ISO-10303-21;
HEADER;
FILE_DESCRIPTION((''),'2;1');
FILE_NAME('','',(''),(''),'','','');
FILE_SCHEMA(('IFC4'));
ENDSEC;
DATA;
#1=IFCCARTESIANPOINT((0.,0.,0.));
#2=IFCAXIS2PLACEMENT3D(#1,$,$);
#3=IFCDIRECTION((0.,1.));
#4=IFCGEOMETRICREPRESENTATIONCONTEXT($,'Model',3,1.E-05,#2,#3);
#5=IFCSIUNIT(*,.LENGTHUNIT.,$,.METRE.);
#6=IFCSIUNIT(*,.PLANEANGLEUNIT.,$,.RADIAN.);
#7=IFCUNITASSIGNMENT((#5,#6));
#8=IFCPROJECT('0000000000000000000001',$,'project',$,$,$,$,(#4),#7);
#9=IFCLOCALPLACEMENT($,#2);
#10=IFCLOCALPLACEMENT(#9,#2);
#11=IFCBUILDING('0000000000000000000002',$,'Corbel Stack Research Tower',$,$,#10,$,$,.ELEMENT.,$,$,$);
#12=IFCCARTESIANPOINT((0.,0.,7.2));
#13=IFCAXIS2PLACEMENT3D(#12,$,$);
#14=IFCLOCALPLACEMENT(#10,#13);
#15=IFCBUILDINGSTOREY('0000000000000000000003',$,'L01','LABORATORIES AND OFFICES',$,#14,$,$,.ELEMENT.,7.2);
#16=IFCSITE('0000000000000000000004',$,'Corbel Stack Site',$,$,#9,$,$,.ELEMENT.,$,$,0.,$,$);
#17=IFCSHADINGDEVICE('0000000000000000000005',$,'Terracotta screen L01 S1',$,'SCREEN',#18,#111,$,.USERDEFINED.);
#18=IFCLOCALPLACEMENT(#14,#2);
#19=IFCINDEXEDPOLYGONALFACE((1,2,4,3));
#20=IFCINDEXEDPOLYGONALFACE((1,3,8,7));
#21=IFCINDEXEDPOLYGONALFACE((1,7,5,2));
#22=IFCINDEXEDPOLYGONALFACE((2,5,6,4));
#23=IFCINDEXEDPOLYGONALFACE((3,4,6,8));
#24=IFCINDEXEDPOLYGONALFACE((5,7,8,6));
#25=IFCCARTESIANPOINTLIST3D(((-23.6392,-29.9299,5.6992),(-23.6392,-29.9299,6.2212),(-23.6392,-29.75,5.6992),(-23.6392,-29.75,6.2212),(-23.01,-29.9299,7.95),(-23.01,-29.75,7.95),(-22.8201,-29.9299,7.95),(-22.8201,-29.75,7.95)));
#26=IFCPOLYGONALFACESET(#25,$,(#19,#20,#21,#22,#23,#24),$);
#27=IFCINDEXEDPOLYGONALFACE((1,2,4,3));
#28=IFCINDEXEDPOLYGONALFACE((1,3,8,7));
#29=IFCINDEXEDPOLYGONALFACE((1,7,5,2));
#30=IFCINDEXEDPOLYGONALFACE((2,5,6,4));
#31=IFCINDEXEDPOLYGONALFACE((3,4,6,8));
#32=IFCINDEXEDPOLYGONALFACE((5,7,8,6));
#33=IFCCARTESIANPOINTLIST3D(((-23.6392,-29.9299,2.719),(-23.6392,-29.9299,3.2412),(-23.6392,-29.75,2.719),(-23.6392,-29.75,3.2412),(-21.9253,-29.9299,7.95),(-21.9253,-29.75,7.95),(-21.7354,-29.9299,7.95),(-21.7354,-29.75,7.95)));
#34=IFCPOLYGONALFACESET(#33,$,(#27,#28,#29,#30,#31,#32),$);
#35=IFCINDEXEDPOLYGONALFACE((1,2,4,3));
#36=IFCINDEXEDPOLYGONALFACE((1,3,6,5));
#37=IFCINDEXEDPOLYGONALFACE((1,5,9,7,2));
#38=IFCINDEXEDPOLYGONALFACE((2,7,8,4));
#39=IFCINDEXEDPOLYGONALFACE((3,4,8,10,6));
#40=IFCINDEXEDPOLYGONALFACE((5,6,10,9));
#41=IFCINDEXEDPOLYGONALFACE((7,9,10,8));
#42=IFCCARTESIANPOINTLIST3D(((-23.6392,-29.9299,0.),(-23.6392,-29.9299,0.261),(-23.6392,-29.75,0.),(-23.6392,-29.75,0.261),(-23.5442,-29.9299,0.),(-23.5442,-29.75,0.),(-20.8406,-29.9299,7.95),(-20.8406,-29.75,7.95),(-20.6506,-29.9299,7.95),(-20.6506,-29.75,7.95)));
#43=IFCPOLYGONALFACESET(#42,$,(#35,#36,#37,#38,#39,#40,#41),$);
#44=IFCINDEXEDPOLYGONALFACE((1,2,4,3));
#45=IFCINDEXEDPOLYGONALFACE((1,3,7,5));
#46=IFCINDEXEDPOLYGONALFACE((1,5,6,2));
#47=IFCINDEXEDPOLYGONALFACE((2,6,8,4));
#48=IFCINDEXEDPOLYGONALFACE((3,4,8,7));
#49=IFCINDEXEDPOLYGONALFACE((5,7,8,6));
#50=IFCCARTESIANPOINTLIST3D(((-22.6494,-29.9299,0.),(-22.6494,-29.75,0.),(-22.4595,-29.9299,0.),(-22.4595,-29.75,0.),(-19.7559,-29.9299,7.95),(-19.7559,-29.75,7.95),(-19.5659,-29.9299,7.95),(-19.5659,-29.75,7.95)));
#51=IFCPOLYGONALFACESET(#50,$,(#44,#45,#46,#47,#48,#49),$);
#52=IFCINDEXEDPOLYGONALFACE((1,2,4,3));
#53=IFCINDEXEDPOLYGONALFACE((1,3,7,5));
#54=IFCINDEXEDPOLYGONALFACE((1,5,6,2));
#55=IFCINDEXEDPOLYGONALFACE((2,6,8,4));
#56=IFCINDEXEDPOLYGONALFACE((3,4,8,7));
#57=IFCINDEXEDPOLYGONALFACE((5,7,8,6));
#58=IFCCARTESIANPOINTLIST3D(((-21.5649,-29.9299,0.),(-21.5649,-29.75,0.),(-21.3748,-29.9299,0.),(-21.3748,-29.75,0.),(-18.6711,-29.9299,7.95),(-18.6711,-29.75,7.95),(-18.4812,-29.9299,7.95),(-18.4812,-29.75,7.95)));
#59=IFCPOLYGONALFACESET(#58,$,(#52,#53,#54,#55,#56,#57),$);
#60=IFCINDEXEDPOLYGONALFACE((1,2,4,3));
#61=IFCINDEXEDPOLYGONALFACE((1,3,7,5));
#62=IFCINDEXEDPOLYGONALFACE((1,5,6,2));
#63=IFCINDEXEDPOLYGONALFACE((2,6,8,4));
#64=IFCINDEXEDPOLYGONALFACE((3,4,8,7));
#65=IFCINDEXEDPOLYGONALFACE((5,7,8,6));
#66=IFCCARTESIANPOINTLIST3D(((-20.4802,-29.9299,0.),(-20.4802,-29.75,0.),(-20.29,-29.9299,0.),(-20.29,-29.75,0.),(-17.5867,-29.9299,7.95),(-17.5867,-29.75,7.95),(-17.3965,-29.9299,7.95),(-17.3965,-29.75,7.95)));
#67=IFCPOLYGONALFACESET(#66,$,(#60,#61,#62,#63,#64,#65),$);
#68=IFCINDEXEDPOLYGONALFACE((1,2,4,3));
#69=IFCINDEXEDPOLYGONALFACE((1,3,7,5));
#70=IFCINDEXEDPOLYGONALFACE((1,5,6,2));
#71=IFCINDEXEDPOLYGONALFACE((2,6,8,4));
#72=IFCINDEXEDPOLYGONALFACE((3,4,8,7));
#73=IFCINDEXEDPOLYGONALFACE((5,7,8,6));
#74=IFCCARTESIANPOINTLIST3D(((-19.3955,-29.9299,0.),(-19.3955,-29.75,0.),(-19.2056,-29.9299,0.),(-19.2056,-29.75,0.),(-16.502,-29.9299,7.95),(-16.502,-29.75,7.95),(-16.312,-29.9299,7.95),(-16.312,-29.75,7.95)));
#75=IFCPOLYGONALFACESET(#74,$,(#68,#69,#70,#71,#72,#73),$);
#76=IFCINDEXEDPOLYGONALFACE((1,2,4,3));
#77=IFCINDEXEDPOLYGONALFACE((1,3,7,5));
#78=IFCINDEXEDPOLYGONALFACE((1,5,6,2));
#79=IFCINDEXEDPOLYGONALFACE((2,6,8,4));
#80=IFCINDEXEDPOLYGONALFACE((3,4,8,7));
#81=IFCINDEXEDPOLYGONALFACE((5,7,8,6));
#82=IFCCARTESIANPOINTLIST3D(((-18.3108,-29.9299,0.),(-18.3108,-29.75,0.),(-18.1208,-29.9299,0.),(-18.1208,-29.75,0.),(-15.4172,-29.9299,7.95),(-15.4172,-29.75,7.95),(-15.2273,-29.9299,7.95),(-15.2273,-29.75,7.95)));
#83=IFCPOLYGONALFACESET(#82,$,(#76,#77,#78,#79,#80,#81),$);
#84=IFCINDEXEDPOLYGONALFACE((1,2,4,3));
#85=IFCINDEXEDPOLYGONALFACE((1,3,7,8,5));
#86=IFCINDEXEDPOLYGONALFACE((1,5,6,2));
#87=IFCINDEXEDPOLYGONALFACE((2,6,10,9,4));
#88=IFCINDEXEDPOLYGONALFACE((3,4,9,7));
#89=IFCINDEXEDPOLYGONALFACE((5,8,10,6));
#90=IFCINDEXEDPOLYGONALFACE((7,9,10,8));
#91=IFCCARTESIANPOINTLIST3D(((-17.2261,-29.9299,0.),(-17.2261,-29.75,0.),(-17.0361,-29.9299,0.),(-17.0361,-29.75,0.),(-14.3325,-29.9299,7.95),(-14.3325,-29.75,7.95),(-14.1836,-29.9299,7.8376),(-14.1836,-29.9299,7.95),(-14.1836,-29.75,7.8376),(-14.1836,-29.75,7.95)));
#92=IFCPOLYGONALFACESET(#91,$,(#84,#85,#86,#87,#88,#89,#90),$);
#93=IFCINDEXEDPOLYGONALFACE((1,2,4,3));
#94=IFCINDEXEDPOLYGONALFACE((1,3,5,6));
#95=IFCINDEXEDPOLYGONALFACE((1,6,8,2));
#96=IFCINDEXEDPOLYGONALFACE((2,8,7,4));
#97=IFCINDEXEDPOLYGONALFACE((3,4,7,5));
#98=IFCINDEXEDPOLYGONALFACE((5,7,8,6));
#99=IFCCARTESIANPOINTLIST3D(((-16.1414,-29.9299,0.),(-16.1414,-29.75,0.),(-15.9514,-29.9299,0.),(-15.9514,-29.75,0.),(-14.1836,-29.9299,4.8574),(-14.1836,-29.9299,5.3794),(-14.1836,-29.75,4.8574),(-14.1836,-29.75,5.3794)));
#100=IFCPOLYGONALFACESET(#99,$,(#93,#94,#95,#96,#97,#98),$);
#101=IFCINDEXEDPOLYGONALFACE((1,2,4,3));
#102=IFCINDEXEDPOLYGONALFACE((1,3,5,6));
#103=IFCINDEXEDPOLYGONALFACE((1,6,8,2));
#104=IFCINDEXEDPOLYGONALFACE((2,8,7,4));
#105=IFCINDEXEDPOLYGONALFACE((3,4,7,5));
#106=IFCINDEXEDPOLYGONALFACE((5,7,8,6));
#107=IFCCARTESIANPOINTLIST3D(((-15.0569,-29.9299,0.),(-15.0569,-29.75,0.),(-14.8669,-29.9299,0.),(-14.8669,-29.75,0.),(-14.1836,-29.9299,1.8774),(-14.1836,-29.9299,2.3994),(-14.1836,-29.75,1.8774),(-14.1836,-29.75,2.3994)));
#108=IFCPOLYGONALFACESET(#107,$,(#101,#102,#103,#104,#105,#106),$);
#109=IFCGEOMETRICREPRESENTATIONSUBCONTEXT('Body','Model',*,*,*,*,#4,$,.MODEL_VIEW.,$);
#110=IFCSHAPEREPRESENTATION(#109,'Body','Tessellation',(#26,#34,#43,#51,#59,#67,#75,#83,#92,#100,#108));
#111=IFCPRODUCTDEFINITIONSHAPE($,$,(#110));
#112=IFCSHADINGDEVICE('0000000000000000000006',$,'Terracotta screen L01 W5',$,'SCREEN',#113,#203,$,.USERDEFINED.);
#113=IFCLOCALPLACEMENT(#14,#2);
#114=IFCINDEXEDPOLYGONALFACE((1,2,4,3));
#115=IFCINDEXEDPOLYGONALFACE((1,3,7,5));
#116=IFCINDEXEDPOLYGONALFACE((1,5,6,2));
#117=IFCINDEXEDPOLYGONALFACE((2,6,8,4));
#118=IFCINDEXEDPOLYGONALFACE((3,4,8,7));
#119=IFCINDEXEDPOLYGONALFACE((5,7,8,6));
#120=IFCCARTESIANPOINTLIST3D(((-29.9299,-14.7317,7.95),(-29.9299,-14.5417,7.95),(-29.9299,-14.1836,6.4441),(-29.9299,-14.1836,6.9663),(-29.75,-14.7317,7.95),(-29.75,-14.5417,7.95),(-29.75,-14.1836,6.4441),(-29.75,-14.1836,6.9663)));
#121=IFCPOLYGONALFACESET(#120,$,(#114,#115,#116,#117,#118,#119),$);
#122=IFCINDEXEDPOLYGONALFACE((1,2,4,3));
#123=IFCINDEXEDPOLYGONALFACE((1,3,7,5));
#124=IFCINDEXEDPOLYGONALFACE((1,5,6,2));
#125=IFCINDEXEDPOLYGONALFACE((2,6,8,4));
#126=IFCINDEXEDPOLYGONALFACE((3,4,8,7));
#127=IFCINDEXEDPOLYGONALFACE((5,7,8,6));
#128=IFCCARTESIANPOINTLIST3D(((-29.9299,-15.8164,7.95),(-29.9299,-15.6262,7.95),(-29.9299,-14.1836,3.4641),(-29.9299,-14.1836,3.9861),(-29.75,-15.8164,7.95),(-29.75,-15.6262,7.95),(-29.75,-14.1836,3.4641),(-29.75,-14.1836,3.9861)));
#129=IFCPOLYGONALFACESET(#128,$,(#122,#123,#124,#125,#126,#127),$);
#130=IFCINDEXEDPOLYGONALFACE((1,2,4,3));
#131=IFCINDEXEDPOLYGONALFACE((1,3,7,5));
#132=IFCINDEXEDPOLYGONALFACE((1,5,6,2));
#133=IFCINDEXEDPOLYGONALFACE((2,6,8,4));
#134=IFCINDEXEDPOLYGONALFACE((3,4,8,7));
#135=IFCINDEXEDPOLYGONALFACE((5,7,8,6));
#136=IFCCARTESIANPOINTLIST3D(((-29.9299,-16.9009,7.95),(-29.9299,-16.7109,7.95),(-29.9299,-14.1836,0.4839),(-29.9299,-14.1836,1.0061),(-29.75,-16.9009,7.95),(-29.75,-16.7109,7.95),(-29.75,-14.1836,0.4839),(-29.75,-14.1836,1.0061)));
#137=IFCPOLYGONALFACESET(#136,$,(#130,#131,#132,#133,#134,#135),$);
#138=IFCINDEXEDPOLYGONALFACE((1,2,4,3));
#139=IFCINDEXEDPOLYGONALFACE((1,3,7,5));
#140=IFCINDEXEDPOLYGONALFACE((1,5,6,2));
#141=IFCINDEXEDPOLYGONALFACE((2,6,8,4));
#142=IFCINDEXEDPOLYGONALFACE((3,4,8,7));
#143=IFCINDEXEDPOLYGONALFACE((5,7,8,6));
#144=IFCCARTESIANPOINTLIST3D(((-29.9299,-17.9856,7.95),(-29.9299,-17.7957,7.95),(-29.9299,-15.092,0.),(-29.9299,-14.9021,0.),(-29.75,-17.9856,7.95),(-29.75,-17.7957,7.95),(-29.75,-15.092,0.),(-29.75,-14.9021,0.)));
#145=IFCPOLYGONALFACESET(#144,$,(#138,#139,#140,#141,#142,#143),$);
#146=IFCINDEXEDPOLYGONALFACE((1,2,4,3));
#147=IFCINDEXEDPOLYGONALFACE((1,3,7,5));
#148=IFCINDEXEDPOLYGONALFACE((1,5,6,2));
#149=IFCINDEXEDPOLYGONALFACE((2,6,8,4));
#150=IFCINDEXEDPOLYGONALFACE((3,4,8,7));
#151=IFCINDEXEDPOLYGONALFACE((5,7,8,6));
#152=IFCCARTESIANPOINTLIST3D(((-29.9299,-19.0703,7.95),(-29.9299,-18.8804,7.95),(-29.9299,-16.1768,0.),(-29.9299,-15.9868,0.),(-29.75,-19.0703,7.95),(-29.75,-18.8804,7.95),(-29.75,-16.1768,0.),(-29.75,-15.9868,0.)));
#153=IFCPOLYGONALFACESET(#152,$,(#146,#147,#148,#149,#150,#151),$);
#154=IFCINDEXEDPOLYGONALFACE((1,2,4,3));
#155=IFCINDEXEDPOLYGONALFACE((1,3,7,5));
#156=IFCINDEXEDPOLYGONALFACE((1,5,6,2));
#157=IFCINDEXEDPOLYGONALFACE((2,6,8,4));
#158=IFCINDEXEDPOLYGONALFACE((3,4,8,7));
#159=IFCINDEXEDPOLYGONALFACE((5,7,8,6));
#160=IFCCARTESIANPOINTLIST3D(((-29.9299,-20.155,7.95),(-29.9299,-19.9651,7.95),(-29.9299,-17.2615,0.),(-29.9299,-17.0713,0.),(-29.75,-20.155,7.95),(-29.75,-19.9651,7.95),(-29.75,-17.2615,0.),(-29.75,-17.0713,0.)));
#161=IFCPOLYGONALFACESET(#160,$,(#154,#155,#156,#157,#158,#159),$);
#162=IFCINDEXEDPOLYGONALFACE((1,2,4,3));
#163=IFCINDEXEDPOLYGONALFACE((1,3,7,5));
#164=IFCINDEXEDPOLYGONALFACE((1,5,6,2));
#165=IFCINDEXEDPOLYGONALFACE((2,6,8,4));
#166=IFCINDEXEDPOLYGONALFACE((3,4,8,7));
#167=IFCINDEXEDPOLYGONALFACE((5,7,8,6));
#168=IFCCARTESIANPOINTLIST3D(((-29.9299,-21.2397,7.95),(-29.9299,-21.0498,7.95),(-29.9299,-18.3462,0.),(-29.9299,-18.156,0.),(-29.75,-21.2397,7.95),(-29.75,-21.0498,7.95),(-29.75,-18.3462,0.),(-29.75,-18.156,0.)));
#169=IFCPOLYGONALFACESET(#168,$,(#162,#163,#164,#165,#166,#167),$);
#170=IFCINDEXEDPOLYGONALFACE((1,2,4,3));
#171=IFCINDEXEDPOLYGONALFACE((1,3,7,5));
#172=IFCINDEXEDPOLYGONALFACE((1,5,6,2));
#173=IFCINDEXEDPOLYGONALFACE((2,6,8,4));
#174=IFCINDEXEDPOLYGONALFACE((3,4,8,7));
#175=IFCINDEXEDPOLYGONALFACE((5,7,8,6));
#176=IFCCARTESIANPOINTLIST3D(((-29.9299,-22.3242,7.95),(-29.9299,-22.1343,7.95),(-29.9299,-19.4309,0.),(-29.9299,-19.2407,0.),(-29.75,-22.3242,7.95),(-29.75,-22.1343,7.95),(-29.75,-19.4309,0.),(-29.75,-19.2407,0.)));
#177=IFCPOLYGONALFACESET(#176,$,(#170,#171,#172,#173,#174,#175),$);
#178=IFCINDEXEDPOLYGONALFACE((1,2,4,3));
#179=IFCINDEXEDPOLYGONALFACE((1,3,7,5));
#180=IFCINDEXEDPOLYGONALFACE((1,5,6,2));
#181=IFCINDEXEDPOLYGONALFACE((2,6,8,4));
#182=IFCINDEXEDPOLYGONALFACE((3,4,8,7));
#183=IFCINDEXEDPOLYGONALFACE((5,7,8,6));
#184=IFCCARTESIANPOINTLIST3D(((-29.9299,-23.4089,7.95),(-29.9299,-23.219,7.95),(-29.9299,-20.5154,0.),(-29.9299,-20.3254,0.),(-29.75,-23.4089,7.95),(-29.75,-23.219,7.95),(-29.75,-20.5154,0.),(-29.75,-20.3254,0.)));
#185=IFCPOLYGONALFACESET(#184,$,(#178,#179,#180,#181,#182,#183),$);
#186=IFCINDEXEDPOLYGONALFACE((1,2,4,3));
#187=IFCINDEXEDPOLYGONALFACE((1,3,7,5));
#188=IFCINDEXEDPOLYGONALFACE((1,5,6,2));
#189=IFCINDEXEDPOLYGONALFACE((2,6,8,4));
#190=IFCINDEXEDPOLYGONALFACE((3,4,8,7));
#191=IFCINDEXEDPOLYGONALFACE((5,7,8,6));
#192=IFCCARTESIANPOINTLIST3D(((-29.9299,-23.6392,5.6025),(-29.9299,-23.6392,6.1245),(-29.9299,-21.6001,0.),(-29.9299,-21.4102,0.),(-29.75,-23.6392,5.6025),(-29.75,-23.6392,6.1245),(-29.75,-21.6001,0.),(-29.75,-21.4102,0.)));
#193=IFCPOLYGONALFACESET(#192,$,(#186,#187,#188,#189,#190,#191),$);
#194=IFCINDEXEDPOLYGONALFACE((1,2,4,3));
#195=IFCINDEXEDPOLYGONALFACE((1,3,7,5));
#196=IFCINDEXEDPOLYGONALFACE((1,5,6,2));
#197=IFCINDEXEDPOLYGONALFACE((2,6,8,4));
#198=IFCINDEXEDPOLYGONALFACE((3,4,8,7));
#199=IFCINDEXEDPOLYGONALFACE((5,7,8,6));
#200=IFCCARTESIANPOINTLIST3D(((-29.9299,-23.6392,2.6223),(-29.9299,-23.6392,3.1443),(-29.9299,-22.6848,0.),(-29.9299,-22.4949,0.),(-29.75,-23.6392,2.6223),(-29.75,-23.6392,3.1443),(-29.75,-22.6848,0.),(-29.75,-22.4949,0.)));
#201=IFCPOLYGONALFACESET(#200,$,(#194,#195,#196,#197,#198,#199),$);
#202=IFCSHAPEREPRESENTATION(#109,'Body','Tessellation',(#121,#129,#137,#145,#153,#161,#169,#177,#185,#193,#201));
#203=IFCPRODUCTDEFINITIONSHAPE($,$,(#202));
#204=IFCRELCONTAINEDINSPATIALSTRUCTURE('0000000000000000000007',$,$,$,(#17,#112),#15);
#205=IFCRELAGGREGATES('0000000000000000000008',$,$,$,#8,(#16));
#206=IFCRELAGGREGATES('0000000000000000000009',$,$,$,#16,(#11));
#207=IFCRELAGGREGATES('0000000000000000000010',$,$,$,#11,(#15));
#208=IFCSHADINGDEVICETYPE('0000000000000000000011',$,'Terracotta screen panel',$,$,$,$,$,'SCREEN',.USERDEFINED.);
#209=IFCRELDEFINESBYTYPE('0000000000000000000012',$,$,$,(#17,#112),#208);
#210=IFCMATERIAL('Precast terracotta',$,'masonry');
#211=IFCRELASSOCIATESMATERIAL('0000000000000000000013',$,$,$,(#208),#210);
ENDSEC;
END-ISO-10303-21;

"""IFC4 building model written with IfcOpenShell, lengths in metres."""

from ifc_helpers import new_model, si_unit, direction, frame, origin, place, context, subcontext, project, spatial, polyline, outline, extrude, source, transform, mapped, material, type_object, element, save


model = new_model("IFC4")

# Units and contexts
model_context = context("Model", 3, precision=1e-05, world=origin(), true_north=direction((0.0, 1.0)))
body_context = subcontext(model_context, "Body", "Model", "MODEL_VIEW")
ifc_project = project(units=[si_unit("LENGTHUNIT", "METRE"), si_unit("PLANEANGLEUNIT", "RADIAN")], contexts=[model_context])

# Site, building, storey
site_placement = place(None, origin())
site = spatial("IfcSite", under=ifc_project, at=site_placement, Name="Corbel Stack Site", CompositionType="ELEMENT", RefElevation=0.0)
building_placement = place(site_placement, origin())
building = spatial("IfcBuilding", under=site, at=building_placement, Name="Corbel Stack Research Tower", CompositionType="ELEMENT")
storey_placement = place(building_placement, frame((0.0, 0.0, 7.2)))
storey = spatial("IfcBuildingStorey", under=building, at=storey_placement, Name="L01", Description="LABORATORIES AND OFFICES", CompositionType="ELEMENT", Elevation=7.2)

# Shading devices
ifc_material_1 = material(Name="Precast terracotta", Category="masonry")
shading_device_type = type_object("IfcShadingDeviceType", Name="Terracotta screen panel", ElementType="SCREEN", PredefinedType="USERDEFINED", material=ifc_material_1)
shared_shape_1 = source(origin(), body_context, "Body", "SweptSolid", [
    extrude(outline(polyline([(0.8191, 7.95), (0.6292, 7.95), (0.0, 6.2212), (0.0, 5.6992), (0.8191, 7.95)])), frame((0.0, 0.0, 0.0), z_axis=(0.0, -1.0, 0.0), x_axis=(1.0, 0.0, 0.0)), (0.0, 0.0, 1.0), 0.1799),
    extrude(outline(polyline([(1.9038, 7.95), (1.7139, 7.95), (0.0, 3.2412), (0.0, 2.719), (1.9038, 7.95)])), frame((0.0, 0.0, 0.0), z_axis=(0.0, -1.0, 0.0), x_axis=(1.0, 0.0, 0.0)), (0.0, 0.0, 1.0), 0.1799),
    extrude(outline(polyline([(0.095, 0.0), (2.9885, 7.95), (2.7986, 7.95), (0.0, 0.261), (0.0, 0.0), (0.095, 0.0)])), frame((0.0, 0.0, 0.0), z_axis=(0.0, -1.0, 0.0), x_axis=(1.0, 0.0, 0.0)), (0.0, 0.0, 1.0), 0.1799),
    extrude(outline(polyline([(1.1797, 0.0), (4.0732, 7.95), (3.8833, 7.95), (0.9897, 0.0), (1.1797, 0.0)])), frame((0.0, 0.0, 0.0), z_axis=(0.0, -1.0, 0.0), x_axis=(1.0, 0.0, 0.0)), (0.0, 0.0, 1.0), 0.1799),
    extrude(outline(polyline([(2.2644, 0.0), (5.158, 7.95), (4.968, 7.95), (2.0742, 0.0), (2.2644, 0.0)])), frame((0.0, 0.0, 0.0), z_axis=(0.0, -1.0, 0.0), x_axis=(1.0, 0.0, 0.0)), (0.0, 0.0, 1.0), 0.1799),
    extrude(outline(polyline([(3.3491, 0.0), (6.2427, 7.95), (6.0525, 7.95), (3.1589, 0.0), (3.3491, 0.0)])), frame((0.0, 0.0, 0.0), z_axis=(0.0, -1.0, 0.0), x_axis=(1.0, 0.0, 0.0)), (0.0, 0.0, 1.0), 0.1799),
    extrude(outline(polyline([(4.4336, 0.0), (7.3271, 7.95), (7.1372, 7.95), (4.2437, 0.0), (4.4336, 0.0)])), frame((0.0, 0.0, 0.0), z_axis=(0.0, -1.0, 0.0), x_axis=(1.0, 0.0, 0.0)), (0.0, 0.0, 1.0), 0.1799),
    extrude(outline(polyline([(5.5183, 0.0), (8.4119, 7.95), (8.2219, 7.95), (5.3284, 0.0), (5.5183, 0.0)])), frame((0.0, 0.0, 0.0), z_axis=(0.0, -1.0, 0.0), x_axis=(1.0, 0.0, 0.0)), (0.0, 0.0, 1.0), 0.1799),
    extrude(outline(polyline([(6.603, 0.0), (9.4556, 7.8376), (9.4556, 7.95), (9.3066, 7.95), (6.4131, 0.0), (6.603, 0.0)])), frame((0.0, 0.0, 0.0), z_axis=(0.0, -1.0, 0.0), x_axis=(1.0, 0.0, 0.0)), (0.0, 0.0, 1.0), 0.1799),
    extrude(outline(polyline([(7.6877, 0.0), (9.4556, 4.8574), (9.4556, 5.3794), (7.4978, 0.0), (7.6877, 0.0)])), frame((0.0, 0.0, 0.0), z_axis=(0.0, -1.0, 0.0), x_axis=(1.0, 0.0, 0.0)), (0.0, 0.0, 1.0), 0.1799),
    extrude(outline(polyline([(8.7722, 0.0), (9.4556, 1.8774), (9.4556, 2.3994), (8.5823, 0.0), (8.7722, 0.0)])), frame((0.0, 0.0, 0.0), z_axis=(0.0, -1.0, 0.0), x_axis=(1.0, 0.0, 0.0)), (0.0, 0.0, 1.0), 0.1799),
])
shading_device_1_placement = place(storey_placement, frame((-23.6392, -29.75, 0.0), z_axis=(0.0, 0.0, 1.0), x_axis=(1.0, 0.0, 0.0)))
element("IfcShadingDevice", 1, at=shading_device_1_placement, inside=storey, type_object=shading_device_type, Name="Terracotta screen L01 S1", ObjectType="SCREEN", PredefinedType="USERDEFINED", context=body_context, shape_type="MappedRepresentation", body=[
    mapped(shared_shape_1, transform((0.0, 0.0, 0.0))),
])
shared_shape_2 = source(origin(), body_context, "Body", "SweptSolid", [
    extrude(outline(polyline([(0.5481, 7.95), (0.3582, 7.95), (0.0, 6.9663), (0.0, 6.4441), (0.5481, 7.95)])), frame((0.0, 0.0, 0.0), z_axis=(0.0, -1.0, 0.0), x_axis=(1.0, 0.0, 0.0)), (0.0, 0.0, 1.0), 0.1799),
    extrude(outline(polyline([(1.6328, 7.95), (1.4426, 7.95), (0.0, 3.9861), (0.0, 3.4641), (1.6328, 7.95)])), frame((0.0, 0.0, 0.0), z_axis=(0.0, -1.0, 0.0), x_axis=(1.0, 0.0, 0.0)), (0.0, 0.0, 1.0), 0.1799),
    extrude(outline(polyline([(2.7173, 7.95), (2.5273, 7.95), (0.0, 1.0061), (0.0, 0.4839), (2.7173, 7.95)])), frame((0.0, 0.0, 0.0), z_axis=(0.0, -1.0, 0.0), x_axis=(1.0, 0.0, 0.0)), (0.0, 0.0, 1.0), 0.1799),
    extrude(outline(polyline([(0.9084, 0.0), (3.802, 7.95), (3.6121, 7.95), (0.7185, 0.0), (0.9084, 0.0)])), frame((0.0, 0.0, 0.0), z_axis=(0.0, -1.0, 0.0), x_axis=(1.0, 0.0, 0.0)), (0.0, 0.0, 1.0), 0.1799),
    extrude(outline(polyline([(1.9932, 0.0), (4.8867, 7.95), (4.6968, 7.95), (1.8032, 0.0), (1.9932, 0.0)])), frame((0.0, 0.0, 0.0), z_axis=(0.0, -1.0, 0.0), x_axis=(1.0, 0.0, 0.0)), (0.0, 0.0, 1.0), 0.1799),
    extrude(outline(polyline([(3.0779, 0.0), (5.9714, 7.95), (5.7815, 7.95), (2.8877, 0.0), (3.0779, 0.0)])), frame((0.0, 0.0, 0.0), z_axis=(0.0, -1.0, 0.0), x_axis=(1.0, 0.0, 0.0)), (0.0, 0.0, 1.0), 0.1799),
    extrude(outline(polyline([(4.1626, 0.0), (7.0562, 7.95), (6.8662, 7.95), (3.9724, 0.0), (4.1626, 0.0)])), frame((0.0, 0.0, 0.0), z_axis=(0.0, -1.0, 0.0), x_axis=(1.0, 0.0, 0.0)), (0.0, 0.0, 1.0), 0.1799),
    extrude(outline(polyline([(5.2473, 0.0), (8.1406, 7.95), (7.9507, 7.95), (5.0571, 0.0), (5.2473, 0.0)])), frame((0.0, 0.0, 0.0), z_axis=(0.0, -1.0, 0.0), x_axis=(1.0, 0.0, 0.0)), (0.0, 0.0, 1.0), 0.1799),
    extrude(outline(polyline([(6.3318, 0.0), (9.2253, 7.95), (9.0354, 7.95), (6.1418, 0.0), (6.3318, 0.0)])), frame((0.0, 0.0, 0.0), z_axis=(0.0, -1.0, 0.0), x_axis=(1.0, 0.0, 0.0)), (0.0, 0.0, 1.0), 0.1799),
    extrude(outline(polyline([(7.4165, 0.0), (9.4556, 5.6025), (9.4556, 6.1245), (7.2266, 0.0), (7.4165, 0.0)])), frame((0.0, 0.0, 0.0), z_axis=(0.0, -1.0, 0.0), x_axis=(1.0, 0.0, 0.0)), (0.0, 0.0, 1.0), 0.1799),
    extrude(outline(polyline([(8.5012, 0.0), (9.4556, 2.6223), (9.4556, 3.1443), (8.3113, 0.0), (8.5012, 0.0)])), frame((0.0, 0.0, 0.0), z_axis=(0.0, -1.0, 0.0), x_axis=(1.0, 0.0, 0.0)), (0.0, 0.0, 1.0), 0.1799),
])
shading_device_2_placement = place(storey_placement, frame((-29.75, -14.1836, 0.0), z_axis=(0.0, 0.0, 1.0), x_axis=(0.0, -1.0, 0.0)))
element("IfcShadingDevice", 2, at=shading_device_2_placement, inside=storey, type_object=shading_device_type, Name="Terracotta screen L01 W5", ObjectType="SCREEN", PredefinedType="USERDEFINED", context=body_context, shape_type="MappedRepresentation", body=[
    mapped(shared_shape_2, transform((0.0, 0.0, 0.0))),
])

save(model, "model.ifc")
